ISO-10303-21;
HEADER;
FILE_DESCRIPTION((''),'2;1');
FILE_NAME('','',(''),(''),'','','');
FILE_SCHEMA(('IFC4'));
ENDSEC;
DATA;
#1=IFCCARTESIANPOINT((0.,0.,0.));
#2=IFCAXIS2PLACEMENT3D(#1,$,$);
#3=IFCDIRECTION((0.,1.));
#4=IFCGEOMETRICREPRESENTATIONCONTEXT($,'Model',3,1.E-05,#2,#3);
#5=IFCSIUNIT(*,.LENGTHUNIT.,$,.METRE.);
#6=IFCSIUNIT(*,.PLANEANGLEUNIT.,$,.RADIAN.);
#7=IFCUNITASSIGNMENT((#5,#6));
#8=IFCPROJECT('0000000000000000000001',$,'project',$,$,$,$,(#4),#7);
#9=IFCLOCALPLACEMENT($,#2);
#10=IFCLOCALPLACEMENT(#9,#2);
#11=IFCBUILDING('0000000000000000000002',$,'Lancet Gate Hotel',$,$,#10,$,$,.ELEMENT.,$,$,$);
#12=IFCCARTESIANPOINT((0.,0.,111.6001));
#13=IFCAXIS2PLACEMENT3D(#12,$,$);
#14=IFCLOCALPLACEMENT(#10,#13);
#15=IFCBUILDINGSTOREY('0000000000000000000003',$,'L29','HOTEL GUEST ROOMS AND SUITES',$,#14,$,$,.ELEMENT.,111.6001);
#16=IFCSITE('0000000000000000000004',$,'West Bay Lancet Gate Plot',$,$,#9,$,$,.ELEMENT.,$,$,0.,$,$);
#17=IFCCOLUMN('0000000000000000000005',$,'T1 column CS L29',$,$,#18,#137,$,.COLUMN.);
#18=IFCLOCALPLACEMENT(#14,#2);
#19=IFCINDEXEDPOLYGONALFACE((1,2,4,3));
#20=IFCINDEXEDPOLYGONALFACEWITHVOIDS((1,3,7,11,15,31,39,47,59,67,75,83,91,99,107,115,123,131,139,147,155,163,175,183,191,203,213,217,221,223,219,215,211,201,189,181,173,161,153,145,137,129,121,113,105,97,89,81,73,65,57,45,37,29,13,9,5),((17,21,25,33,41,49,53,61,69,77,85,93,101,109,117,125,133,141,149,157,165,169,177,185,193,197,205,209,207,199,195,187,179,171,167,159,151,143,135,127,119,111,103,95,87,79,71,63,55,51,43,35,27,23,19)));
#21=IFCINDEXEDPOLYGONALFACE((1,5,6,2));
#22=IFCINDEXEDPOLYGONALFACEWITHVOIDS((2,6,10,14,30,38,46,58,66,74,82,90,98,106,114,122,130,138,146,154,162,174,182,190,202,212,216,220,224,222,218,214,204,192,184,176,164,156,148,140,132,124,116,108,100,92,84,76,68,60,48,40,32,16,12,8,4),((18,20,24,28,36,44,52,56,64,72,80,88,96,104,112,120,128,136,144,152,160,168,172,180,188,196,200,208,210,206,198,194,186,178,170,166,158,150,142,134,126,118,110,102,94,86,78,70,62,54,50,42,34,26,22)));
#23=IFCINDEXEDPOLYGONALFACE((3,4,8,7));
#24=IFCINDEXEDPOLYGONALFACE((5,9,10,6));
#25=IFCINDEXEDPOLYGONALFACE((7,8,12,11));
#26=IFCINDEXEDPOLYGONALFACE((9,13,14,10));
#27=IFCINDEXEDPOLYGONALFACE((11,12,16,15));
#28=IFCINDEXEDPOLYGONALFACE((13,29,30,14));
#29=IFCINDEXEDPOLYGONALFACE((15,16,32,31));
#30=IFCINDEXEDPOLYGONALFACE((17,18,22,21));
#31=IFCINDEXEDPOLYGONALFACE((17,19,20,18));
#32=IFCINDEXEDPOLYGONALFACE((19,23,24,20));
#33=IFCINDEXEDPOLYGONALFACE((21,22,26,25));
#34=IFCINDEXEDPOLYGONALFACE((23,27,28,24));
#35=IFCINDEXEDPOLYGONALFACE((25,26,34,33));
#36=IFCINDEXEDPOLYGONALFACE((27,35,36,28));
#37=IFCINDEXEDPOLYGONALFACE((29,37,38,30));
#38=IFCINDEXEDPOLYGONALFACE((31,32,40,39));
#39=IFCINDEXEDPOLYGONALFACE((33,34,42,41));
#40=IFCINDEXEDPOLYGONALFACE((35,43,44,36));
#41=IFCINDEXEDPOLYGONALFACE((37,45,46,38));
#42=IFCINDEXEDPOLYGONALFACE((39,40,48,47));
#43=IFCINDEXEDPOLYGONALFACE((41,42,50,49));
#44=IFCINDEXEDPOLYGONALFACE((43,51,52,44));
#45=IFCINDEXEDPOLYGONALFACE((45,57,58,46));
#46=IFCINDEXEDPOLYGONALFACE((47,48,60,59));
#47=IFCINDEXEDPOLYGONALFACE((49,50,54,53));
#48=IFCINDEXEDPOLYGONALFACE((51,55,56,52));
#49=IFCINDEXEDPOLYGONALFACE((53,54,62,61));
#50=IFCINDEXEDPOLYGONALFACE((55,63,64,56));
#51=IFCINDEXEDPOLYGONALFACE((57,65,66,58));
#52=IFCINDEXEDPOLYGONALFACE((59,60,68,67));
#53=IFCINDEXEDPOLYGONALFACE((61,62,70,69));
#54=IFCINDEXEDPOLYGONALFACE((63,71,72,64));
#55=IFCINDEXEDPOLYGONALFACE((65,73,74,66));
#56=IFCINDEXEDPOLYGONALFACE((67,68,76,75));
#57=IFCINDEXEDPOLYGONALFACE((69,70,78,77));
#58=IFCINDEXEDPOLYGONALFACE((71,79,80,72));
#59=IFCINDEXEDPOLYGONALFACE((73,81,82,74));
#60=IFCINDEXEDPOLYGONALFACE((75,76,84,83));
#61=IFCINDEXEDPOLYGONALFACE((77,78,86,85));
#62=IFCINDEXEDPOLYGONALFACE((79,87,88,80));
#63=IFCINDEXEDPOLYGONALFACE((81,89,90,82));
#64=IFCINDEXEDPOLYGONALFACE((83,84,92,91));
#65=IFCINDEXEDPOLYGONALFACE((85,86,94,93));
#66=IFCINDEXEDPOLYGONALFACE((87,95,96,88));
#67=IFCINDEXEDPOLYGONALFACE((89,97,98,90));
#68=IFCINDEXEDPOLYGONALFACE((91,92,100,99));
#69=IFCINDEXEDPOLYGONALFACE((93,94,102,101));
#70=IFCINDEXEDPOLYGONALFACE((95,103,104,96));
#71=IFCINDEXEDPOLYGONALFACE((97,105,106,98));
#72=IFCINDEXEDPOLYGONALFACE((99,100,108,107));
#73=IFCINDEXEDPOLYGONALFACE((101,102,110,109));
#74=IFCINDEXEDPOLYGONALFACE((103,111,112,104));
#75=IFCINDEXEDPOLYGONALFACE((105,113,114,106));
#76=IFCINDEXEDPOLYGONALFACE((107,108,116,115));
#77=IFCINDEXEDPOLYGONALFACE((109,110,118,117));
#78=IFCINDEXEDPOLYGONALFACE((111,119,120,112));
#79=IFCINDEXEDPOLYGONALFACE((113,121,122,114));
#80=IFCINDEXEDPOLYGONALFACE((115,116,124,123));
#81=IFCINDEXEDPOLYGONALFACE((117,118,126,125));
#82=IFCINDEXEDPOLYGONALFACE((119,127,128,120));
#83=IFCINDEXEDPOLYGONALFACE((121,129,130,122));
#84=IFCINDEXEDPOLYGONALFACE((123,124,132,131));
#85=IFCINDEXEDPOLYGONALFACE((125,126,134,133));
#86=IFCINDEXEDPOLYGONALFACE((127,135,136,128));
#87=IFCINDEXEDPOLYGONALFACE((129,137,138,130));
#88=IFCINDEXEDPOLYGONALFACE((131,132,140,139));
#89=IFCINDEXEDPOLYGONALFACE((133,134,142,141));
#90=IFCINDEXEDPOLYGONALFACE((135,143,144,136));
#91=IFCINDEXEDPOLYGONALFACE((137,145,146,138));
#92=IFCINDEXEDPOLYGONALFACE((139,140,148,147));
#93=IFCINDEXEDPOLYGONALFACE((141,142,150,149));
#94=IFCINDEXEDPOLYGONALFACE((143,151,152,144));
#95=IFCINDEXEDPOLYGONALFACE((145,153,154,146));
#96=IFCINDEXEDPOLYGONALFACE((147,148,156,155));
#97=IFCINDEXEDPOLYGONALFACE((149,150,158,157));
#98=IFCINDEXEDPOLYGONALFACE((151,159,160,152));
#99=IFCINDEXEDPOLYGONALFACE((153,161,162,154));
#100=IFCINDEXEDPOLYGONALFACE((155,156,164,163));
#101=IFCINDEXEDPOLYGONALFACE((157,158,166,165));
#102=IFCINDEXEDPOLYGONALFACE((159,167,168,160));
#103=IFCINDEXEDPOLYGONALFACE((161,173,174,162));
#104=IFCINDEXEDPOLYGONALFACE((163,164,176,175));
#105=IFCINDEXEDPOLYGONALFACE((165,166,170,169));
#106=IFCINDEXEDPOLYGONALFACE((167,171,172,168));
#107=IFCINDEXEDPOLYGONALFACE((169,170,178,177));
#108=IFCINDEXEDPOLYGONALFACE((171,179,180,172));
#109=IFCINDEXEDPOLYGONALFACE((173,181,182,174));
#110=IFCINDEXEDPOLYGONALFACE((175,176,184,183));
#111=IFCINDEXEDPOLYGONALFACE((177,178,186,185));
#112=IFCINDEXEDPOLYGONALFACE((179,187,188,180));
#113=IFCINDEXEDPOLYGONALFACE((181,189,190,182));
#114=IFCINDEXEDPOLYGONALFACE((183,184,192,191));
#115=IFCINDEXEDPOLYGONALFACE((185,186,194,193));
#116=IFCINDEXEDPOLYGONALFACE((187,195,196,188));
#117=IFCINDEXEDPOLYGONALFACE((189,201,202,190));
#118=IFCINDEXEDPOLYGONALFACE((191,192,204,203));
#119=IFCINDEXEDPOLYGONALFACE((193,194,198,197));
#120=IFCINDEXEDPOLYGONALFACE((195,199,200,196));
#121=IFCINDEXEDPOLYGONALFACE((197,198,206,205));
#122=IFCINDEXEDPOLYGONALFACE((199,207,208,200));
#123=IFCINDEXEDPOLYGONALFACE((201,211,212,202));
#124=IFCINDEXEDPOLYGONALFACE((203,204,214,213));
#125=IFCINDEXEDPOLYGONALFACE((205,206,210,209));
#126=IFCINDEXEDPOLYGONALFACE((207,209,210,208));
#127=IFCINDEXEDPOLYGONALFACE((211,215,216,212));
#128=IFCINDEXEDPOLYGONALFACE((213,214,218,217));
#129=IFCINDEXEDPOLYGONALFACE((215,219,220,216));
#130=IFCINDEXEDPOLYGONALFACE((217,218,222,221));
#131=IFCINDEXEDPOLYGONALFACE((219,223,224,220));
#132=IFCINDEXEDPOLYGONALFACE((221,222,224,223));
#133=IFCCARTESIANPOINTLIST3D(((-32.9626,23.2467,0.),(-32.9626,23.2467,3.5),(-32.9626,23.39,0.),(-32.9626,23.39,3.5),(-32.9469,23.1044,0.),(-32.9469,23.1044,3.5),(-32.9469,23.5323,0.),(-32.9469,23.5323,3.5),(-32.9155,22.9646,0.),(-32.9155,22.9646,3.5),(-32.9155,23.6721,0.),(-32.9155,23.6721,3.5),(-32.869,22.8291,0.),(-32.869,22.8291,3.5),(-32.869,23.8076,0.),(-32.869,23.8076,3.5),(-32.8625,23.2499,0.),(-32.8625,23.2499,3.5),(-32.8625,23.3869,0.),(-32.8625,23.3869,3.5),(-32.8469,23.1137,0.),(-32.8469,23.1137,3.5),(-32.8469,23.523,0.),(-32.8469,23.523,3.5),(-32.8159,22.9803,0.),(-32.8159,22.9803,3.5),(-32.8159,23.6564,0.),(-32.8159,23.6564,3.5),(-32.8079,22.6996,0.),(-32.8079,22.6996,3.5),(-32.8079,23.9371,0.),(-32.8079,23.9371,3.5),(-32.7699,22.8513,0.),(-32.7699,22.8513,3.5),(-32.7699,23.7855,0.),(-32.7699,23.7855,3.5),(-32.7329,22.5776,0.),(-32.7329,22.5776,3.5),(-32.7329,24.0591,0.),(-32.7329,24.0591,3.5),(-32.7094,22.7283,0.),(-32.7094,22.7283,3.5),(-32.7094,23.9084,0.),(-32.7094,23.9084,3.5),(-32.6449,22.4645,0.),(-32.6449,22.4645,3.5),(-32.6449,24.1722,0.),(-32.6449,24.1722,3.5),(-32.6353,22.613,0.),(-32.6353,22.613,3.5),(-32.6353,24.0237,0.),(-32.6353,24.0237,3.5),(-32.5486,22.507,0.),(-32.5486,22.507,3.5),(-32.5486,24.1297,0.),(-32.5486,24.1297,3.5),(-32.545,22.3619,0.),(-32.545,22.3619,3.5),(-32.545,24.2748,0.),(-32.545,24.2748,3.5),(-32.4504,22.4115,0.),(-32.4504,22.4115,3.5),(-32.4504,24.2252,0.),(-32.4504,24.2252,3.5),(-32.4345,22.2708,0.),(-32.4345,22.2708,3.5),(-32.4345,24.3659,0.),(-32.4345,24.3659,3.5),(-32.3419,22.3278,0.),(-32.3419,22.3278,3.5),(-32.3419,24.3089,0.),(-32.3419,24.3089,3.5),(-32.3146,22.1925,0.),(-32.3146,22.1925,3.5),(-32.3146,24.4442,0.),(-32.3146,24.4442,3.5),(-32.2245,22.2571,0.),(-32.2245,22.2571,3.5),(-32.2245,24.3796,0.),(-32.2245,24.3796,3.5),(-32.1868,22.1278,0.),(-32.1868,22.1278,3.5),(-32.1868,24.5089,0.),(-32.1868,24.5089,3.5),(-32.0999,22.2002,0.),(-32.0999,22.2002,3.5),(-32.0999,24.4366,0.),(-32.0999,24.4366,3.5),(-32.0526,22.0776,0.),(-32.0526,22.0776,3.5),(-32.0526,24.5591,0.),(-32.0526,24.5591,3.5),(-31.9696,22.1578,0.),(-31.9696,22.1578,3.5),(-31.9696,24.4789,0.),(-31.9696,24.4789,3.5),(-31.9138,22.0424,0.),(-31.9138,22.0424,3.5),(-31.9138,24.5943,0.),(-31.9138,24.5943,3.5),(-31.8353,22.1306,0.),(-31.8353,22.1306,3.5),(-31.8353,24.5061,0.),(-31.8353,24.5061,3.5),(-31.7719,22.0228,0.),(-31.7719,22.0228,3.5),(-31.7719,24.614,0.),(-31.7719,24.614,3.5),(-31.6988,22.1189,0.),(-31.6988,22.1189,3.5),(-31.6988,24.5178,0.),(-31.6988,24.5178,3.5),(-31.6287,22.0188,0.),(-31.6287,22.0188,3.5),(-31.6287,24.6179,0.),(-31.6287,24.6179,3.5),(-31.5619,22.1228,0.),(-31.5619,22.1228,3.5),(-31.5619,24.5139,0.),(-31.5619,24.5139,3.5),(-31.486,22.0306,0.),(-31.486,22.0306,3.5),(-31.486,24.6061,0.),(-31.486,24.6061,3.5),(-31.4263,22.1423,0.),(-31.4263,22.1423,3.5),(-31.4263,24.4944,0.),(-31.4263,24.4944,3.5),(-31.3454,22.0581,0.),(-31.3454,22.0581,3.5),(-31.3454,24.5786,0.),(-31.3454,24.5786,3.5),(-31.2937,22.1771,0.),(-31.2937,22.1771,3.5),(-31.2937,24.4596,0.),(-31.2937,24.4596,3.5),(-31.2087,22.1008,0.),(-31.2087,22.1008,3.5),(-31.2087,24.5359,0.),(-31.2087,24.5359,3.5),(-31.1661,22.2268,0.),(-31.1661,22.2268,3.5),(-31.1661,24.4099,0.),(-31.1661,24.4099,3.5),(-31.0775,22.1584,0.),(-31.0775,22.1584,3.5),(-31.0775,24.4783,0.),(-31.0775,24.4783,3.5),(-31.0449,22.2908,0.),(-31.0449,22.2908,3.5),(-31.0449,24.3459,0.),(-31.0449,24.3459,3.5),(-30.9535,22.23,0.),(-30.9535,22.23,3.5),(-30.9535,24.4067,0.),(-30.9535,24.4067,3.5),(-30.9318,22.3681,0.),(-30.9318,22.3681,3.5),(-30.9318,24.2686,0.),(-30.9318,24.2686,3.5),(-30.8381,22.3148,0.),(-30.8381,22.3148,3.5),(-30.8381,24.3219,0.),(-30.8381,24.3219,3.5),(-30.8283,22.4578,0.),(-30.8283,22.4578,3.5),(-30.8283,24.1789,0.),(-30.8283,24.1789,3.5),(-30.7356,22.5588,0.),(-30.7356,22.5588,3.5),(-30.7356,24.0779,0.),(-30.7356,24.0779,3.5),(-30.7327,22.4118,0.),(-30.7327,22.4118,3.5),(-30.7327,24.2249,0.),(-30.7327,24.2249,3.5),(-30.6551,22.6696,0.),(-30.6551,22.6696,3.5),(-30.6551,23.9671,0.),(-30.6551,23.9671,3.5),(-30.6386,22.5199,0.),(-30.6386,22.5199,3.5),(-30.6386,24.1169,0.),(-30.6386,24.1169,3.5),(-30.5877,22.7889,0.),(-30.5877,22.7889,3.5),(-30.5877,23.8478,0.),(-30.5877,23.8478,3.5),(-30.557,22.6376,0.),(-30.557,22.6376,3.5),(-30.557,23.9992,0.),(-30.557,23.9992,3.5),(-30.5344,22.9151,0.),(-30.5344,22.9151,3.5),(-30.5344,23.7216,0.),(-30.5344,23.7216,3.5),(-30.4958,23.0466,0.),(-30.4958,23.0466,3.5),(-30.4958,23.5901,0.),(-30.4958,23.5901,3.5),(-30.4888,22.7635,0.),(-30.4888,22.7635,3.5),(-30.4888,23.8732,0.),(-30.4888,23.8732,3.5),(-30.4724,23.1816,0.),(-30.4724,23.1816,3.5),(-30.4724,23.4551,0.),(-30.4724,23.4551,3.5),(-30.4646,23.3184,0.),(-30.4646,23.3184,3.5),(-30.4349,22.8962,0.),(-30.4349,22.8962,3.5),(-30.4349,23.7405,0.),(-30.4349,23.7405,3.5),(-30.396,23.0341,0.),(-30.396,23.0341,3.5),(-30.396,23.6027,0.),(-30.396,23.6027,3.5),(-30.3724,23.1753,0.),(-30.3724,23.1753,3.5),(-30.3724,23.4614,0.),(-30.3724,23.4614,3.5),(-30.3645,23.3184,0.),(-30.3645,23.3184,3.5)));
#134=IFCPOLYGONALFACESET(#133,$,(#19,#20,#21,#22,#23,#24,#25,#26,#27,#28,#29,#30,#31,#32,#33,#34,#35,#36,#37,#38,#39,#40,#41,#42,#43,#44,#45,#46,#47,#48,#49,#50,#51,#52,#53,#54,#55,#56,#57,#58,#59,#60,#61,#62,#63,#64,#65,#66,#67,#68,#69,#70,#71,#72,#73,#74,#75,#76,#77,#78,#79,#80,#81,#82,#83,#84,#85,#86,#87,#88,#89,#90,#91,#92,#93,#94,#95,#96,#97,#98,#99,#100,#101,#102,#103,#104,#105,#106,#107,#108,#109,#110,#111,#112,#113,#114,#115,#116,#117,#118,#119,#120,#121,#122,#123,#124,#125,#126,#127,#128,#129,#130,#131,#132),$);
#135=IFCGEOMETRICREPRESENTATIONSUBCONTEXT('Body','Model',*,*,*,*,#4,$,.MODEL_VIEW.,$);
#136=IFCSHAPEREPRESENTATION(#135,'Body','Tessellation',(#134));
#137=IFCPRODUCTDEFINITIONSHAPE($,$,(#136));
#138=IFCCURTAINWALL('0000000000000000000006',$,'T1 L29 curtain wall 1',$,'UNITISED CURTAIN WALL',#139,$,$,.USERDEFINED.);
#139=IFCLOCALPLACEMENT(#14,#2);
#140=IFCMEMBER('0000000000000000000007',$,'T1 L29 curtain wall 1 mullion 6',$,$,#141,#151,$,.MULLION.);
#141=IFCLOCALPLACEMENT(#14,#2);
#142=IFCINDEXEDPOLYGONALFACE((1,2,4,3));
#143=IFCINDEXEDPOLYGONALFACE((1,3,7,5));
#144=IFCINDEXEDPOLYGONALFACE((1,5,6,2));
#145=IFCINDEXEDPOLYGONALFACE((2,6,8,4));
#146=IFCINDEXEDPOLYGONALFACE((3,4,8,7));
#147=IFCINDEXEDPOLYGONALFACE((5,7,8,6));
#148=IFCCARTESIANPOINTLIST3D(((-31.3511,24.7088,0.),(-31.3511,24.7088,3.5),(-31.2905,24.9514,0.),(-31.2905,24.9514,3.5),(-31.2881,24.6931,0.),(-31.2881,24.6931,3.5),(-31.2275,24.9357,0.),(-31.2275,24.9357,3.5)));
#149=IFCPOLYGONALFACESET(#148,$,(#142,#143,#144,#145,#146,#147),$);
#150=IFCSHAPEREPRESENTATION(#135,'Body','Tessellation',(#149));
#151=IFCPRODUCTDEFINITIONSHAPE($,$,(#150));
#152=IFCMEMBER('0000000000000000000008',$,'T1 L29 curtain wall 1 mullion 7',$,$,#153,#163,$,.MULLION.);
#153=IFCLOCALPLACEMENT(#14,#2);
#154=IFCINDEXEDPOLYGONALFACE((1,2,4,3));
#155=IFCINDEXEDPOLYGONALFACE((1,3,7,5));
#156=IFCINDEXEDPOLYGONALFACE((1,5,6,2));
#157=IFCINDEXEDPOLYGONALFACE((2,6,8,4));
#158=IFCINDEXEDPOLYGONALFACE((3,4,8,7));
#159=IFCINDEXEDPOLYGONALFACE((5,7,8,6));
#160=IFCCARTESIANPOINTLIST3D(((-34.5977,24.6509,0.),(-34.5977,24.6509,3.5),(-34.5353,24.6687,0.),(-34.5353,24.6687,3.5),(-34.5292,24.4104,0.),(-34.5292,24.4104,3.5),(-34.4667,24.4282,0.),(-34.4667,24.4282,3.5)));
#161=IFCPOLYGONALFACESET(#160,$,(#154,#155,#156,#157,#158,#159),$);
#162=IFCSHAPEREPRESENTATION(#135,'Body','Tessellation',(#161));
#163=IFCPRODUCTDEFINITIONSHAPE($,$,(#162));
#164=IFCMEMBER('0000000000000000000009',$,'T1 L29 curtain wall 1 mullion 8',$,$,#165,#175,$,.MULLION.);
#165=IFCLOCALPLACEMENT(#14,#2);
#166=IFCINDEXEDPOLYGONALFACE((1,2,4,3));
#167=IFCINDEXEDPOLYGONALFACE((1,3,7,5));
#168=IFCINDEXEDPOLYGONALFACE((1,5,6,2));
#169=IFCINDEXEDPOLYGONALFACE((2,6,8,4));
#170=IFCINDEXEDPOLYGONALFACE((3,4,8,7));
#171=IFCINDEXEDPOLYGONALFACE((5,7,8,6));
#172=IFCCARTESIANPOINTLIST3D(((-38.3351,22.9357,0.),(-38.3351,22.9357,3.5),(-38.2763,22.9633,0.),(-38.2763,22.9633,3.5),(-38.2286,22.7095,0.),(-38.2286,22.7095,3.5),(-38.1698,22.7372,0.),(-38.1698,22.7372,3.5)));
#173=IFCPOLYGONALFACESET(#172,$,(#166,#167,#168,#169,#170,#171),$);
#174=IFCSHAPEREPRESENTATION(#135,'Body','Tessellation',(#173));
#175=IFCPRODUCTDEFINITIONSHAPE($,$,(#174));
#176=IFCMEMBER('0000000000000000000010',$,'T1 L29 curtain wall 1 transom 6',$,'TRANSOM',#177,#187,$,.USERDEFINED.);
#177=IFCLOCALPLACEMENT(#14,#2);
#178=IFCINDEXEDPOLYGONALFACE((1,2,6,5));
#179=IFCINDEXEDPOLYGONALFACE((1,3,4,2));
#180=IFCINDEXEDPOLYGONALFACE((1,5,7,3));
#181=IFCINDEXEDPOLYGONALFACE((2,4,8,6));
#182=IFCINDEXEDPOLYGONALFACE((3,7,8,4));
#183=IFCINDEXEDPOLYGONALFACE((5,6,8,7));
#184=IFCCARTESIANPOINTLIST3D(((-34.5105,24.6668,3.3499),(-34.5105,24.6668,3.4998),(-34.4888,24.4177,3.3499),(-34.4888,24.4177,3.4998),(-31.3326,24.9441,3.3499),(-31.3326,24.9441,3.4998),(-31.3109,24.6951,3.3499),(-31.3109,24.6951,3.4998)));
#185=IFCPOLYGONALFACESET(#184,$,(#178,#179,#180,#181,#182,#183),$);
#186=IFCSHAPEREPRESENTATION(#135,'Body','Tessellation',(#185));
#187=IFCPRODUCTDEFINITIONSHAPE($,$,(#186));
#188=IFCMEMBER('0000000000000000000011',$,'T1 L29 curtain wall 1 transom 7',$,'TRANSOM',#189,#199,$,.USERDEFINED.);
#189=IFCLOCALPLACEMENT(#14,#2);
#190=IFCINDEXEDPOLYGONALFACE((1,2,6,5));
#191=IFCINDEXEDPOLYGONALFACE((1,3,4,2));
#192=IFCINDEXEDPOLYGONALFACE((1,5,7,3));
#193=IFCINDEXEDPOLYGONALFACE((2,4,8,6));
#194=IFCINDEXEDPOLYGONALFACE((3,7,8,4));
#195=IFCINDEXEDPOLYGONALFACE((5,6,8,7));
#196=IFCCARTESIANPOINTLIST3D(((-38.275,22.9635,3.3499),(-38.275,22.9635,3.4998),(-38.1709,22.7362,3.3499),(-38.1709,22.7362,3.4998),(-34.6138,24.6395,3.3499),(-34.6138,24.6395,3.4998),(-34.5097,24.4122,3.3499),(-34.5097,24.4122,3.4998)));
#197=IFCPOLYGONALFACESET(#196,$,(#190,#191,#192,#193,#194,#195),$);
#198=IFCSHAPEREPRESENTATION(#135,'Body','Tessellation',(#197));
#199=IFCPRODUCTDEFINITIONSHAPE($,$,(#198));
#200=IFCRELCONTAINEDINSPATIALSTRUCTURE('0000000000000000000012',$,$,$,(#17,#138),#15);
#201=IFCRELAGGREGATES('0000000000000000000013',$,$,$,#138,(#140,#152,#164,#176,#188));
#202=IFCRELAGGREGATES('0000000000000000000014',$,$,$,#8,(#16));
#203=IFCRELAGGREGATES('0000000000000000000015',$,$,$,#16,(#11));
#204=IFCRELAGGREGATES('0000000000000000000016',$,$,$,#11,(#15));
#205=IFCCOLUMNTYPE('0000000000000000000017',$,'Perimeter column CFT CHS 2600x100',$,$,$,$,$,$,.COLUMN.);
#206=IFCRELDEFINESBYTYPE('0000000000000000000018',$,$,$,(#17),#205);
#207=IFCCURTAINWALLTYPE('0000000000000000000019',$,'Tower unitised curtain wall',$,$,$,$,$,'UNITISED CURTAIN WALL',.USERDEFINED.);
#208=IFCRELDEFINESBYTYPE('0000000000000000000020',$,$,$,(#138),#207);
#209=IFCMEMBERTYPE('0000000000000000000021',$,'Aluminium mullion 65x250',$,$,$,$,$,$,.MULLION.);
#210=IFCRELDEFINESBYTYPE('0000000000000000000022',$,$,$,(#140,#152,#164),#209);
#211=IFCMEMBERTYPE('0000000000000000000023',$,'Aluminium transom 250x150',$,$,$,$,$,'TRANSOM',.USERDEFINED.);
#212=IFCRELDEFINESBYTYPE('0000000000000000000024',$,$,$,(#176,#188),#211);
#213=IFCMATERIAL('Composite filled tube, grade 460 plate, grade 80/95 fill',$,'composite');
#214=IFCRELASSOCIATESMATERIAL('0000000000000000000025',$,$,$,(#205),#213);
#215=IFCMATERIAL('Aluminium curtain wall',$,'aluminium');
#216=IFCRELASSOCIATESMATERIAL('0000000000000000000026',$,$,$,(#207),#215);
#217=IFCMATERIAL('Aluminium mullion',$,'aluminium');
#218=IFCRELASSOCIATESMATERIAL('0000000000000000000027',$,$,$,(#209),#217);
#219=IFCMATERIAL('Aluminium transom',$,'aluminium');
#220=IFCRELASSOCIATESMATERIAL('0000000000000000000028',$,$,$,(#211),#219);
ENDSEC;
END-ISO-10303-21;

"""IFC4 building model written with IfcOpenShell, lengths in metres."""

from ifc_helpers import new_model, si_unit, direction, frame, origin, origin_2d, place, context, subcontext, project, spatial, rectangle, hollow_circle, extrude, material, material_profile, profile_set, type_object, element, aggregate, save


model = new_model("IFC4")

# Units and contexts
model_context = context("Model", 3, precision=1e-05, world=origin(), true_north=direction((0.0, 1.0)))
body_context = subcontext(model_context, "Body", "Model", "MODEL_VIEW")
ifc_project = project(units=[si_unit("LENGTHUNIT", "METRE"), si_unit("PLANEANGLEUNIT", "RADIAN")], contexts=[model_context])

# Site, building, storey
site_placement = place(None, origin())
site = spatial("IfcSite", under=ifc_project, at=site_placement, Name="West Bay Lancet Gate Plot", CompositionType="ELEMENT", RefElevation=0.0)
building_placement = place(site_placement, origin())
building = spatial("IfcBuilding", under=site, at=building_placement, Name="Lancet Gate Hotel", CompositionType="ELEMENT")
storey_placement = place(building_placement, frame((0.0, 0.0, 111.6001)))
storey = spatial("IfcBuildingStorey", under=building, at=storey_placement, Name="L29", Description="HOTEL GUEST ROOMS AND SUITES", CompositionType="ELEMENT", Elevation=111.6001)

# Column
ifc_material_1 = material(Name="Composite filled tube, grade 460 plate, grade 80/95 fill", Category="composite")
ifc_material_profile_1 = material_profile(ifc_material_1, hollow_circle(Radius=1.3, WallThickness=0.1001, at=origin_2d()), Name="CHS 2600x100")
ifc_profile_set_1 = profile_set([ifc_material_profile_1], Name="Composite filled tube, grade 460 plate, grade 80/95 fill")
column_type = type_object("IfcColumnType", Name="Perimeter column CFT CHS 2600x100", PredefinedType="COLUMN", material=ifc_profile_set_1)
column_placement = place(storey_placement, frame((-31.6646, 23.3184, 0.0), z_axis=(0.0, 0.0, 1.0), x_axis=(1.0, 0.0, 0.0)))
element("IfcColumn", 1, at=column_placement, inside=storey, type_object=column_type, Name="T1 column CS L29", PredefinedType="COLUMN", context=body_context, shape_type="SweptSolid", body=[
    extrude(hollow_circle(Radius=1.3, WallThickness=0.1001, at=origin_2d()), origin(), (0.0, 0.0, 1.0), 3.5),
])

# Curtain wall, members
ifc_material_2 = material(Name="Aluminium curtain wall", Category="aluminium")
curtain_wall_type = type_object("IfcCurtainWallType", Name="Tower unitised curtain wall", ElementType="UNITISED CURTAIN WALL", PredefinedType="USERDEFINED", material=ifc_material_2)
curtain_wall_placement = place(storey_placement, origin())
curtain_wall = element("IfcCurtainWall", 2, at=curtain_wall_placement, inside=storey, type_object=curtain_wall_type, Name="T1 L29 curtain wall 1", ObjectType="UNITISED CURTAIN WALL", PredefinedType="USERDEFINED")
ifc_material_3 = material(Name="Aluminium mullion", Category="aluminium")
ifc_material_profile_2 = material_profile(ifc_material_3, rectangle(XDim=0.0649, YDim=0.25, at=origin_2d()), Name="MULLION 65x250")
ifc_profile_set_2 = profile_set([ifc_material_profile_2], Name="Aluminium mullion")
member_type_1 = type_object("IfcMemberType", Name="Aluminium mullion 65x250", PredefinedType="MULLION", material=ifc_profile_set_2)
member_1_placement = place(storey_placement, frame((-31.2893, 24.8223, 0.0), z_axis=(0.0, 0.0, 1.0), x_axis=(-0.970242, 0.242137, 0.0)))
member_1 = element("IfcMember", 3, at=member_1_placement, type_object=member_type_1, Name="T1 L29 curtain wall 1 mullion 6", PredefinedType="MULLION", context=body_context, shape_type="SweptSolid", body=[
    extrude(rectangle(XDim=0.0649, YDim=0.25, at=origin_2d()), origin(), (0.0, 0.0, 1.0), 3.5),
])
member_2_placement = place(storey_placement, frame((-34.5322, 24.5396, 0.0), z_axis=(0.0, 0.0, 1.0), x_axis=(-0.961653, -0.274268, 0.0)))
member_2 = element("IfcMember", 4, at=member_2_placement, type_object=member_type_1, Name="T1 L29 curtain wall 1 mullion 7", PredefinedType="MULLION", context=body_context, shape_type="SweptSolid", body=[
    extrude(rectangle(XDim=0.0649, YDim=0.25, at=origin_2d()), origin(), (0.0, 0.0, 1.0), 3.5),
])
member_3_placement = place(storey_placement, frame((-38.2524, 22.8364, 0.0), z_axis=(0.0, 0.0, 1.0), x_axis=(-0.90472, -0.426008, 0.0)))
member_3 = element("IfcMember", 5, at=member_3_placement, type_object=member_type_1, Name="T1 L29 curtain wall 1 mullion 8", PredefinedType="MULLION", context=body_context, shape_type="SweptSolid", body=[
    extrude(rectangle(XDim=0.0649, YDim=0.25, at=origin_2d()), origin(), (0.0, 0.0, 1.0), 3.5),
])
ifc_material_4 = material(Name="Aluminium transom", Category="aluminium")
ifc_material_profile_3 = material_profile(ifc_material_4, rectangle(XDim=0.25, YDim=0.1499, at=origin_2d()), Name="TRANSOM 250x150")
ifc_profile_set_3 = profile_set([ifc_material_profile_3], Name="Aluminium transom")
member_type_2 = type_object("IfcMemberType", Name="Aluminium transom 250x150", ElementType="TRANSOM", PredefinedType="USERDEFINED", material=ifc_profile_set_3)
member_4_placement = place(storey_placement, frame((-31.3218, 24.8196, 3.4248), z_axis=(-0.996214, -0.08694, 0.0), x_axis=(0.08694, -0.996214, 0.0)))
member_4 = element("IfcMember", 6, at=member_4_placement, type_object=member_type_2, Name="T1 L29 curtain wall 1 transom 6", ObjectType="TRANSOM", PredefinedType="USERDEFINED", context=body_context, shape_type="SweptSolid", body=[
    extrude(rectangle(XDim=0.25, YDim=0.1499, at=origin_2d()), origin(), (0.0, 0.0, 1.0), 3.1899),
])
member_5_placement = place(storey_placement, frame((-34.5618, 24.5259, 3.4248), z_axis=(-0.909252, -0.416245, 0.0), x_axis=(0.416245, -0.909252, 0.0)))
member_5 = element("IfcMember", 7, at=member_5_placement, type_object=member_type_2, Name="T1 L29 curtain wall 1 transom 7", ObjectType="TRANSOM", PredefinedType="USERDEFINED", context=body_context, shape_type="SweptSolid", body=[
    extrude(rectangle(XDim=0.25, YDim=0.1499, at=origin_2d()), origin(), (0.0, 0.0, 1.0), 4.0266),
])

aggregate(curtain_wall, [member_1, member_2, member_3, member_4, member_5])

save(model, "model.ifc")
